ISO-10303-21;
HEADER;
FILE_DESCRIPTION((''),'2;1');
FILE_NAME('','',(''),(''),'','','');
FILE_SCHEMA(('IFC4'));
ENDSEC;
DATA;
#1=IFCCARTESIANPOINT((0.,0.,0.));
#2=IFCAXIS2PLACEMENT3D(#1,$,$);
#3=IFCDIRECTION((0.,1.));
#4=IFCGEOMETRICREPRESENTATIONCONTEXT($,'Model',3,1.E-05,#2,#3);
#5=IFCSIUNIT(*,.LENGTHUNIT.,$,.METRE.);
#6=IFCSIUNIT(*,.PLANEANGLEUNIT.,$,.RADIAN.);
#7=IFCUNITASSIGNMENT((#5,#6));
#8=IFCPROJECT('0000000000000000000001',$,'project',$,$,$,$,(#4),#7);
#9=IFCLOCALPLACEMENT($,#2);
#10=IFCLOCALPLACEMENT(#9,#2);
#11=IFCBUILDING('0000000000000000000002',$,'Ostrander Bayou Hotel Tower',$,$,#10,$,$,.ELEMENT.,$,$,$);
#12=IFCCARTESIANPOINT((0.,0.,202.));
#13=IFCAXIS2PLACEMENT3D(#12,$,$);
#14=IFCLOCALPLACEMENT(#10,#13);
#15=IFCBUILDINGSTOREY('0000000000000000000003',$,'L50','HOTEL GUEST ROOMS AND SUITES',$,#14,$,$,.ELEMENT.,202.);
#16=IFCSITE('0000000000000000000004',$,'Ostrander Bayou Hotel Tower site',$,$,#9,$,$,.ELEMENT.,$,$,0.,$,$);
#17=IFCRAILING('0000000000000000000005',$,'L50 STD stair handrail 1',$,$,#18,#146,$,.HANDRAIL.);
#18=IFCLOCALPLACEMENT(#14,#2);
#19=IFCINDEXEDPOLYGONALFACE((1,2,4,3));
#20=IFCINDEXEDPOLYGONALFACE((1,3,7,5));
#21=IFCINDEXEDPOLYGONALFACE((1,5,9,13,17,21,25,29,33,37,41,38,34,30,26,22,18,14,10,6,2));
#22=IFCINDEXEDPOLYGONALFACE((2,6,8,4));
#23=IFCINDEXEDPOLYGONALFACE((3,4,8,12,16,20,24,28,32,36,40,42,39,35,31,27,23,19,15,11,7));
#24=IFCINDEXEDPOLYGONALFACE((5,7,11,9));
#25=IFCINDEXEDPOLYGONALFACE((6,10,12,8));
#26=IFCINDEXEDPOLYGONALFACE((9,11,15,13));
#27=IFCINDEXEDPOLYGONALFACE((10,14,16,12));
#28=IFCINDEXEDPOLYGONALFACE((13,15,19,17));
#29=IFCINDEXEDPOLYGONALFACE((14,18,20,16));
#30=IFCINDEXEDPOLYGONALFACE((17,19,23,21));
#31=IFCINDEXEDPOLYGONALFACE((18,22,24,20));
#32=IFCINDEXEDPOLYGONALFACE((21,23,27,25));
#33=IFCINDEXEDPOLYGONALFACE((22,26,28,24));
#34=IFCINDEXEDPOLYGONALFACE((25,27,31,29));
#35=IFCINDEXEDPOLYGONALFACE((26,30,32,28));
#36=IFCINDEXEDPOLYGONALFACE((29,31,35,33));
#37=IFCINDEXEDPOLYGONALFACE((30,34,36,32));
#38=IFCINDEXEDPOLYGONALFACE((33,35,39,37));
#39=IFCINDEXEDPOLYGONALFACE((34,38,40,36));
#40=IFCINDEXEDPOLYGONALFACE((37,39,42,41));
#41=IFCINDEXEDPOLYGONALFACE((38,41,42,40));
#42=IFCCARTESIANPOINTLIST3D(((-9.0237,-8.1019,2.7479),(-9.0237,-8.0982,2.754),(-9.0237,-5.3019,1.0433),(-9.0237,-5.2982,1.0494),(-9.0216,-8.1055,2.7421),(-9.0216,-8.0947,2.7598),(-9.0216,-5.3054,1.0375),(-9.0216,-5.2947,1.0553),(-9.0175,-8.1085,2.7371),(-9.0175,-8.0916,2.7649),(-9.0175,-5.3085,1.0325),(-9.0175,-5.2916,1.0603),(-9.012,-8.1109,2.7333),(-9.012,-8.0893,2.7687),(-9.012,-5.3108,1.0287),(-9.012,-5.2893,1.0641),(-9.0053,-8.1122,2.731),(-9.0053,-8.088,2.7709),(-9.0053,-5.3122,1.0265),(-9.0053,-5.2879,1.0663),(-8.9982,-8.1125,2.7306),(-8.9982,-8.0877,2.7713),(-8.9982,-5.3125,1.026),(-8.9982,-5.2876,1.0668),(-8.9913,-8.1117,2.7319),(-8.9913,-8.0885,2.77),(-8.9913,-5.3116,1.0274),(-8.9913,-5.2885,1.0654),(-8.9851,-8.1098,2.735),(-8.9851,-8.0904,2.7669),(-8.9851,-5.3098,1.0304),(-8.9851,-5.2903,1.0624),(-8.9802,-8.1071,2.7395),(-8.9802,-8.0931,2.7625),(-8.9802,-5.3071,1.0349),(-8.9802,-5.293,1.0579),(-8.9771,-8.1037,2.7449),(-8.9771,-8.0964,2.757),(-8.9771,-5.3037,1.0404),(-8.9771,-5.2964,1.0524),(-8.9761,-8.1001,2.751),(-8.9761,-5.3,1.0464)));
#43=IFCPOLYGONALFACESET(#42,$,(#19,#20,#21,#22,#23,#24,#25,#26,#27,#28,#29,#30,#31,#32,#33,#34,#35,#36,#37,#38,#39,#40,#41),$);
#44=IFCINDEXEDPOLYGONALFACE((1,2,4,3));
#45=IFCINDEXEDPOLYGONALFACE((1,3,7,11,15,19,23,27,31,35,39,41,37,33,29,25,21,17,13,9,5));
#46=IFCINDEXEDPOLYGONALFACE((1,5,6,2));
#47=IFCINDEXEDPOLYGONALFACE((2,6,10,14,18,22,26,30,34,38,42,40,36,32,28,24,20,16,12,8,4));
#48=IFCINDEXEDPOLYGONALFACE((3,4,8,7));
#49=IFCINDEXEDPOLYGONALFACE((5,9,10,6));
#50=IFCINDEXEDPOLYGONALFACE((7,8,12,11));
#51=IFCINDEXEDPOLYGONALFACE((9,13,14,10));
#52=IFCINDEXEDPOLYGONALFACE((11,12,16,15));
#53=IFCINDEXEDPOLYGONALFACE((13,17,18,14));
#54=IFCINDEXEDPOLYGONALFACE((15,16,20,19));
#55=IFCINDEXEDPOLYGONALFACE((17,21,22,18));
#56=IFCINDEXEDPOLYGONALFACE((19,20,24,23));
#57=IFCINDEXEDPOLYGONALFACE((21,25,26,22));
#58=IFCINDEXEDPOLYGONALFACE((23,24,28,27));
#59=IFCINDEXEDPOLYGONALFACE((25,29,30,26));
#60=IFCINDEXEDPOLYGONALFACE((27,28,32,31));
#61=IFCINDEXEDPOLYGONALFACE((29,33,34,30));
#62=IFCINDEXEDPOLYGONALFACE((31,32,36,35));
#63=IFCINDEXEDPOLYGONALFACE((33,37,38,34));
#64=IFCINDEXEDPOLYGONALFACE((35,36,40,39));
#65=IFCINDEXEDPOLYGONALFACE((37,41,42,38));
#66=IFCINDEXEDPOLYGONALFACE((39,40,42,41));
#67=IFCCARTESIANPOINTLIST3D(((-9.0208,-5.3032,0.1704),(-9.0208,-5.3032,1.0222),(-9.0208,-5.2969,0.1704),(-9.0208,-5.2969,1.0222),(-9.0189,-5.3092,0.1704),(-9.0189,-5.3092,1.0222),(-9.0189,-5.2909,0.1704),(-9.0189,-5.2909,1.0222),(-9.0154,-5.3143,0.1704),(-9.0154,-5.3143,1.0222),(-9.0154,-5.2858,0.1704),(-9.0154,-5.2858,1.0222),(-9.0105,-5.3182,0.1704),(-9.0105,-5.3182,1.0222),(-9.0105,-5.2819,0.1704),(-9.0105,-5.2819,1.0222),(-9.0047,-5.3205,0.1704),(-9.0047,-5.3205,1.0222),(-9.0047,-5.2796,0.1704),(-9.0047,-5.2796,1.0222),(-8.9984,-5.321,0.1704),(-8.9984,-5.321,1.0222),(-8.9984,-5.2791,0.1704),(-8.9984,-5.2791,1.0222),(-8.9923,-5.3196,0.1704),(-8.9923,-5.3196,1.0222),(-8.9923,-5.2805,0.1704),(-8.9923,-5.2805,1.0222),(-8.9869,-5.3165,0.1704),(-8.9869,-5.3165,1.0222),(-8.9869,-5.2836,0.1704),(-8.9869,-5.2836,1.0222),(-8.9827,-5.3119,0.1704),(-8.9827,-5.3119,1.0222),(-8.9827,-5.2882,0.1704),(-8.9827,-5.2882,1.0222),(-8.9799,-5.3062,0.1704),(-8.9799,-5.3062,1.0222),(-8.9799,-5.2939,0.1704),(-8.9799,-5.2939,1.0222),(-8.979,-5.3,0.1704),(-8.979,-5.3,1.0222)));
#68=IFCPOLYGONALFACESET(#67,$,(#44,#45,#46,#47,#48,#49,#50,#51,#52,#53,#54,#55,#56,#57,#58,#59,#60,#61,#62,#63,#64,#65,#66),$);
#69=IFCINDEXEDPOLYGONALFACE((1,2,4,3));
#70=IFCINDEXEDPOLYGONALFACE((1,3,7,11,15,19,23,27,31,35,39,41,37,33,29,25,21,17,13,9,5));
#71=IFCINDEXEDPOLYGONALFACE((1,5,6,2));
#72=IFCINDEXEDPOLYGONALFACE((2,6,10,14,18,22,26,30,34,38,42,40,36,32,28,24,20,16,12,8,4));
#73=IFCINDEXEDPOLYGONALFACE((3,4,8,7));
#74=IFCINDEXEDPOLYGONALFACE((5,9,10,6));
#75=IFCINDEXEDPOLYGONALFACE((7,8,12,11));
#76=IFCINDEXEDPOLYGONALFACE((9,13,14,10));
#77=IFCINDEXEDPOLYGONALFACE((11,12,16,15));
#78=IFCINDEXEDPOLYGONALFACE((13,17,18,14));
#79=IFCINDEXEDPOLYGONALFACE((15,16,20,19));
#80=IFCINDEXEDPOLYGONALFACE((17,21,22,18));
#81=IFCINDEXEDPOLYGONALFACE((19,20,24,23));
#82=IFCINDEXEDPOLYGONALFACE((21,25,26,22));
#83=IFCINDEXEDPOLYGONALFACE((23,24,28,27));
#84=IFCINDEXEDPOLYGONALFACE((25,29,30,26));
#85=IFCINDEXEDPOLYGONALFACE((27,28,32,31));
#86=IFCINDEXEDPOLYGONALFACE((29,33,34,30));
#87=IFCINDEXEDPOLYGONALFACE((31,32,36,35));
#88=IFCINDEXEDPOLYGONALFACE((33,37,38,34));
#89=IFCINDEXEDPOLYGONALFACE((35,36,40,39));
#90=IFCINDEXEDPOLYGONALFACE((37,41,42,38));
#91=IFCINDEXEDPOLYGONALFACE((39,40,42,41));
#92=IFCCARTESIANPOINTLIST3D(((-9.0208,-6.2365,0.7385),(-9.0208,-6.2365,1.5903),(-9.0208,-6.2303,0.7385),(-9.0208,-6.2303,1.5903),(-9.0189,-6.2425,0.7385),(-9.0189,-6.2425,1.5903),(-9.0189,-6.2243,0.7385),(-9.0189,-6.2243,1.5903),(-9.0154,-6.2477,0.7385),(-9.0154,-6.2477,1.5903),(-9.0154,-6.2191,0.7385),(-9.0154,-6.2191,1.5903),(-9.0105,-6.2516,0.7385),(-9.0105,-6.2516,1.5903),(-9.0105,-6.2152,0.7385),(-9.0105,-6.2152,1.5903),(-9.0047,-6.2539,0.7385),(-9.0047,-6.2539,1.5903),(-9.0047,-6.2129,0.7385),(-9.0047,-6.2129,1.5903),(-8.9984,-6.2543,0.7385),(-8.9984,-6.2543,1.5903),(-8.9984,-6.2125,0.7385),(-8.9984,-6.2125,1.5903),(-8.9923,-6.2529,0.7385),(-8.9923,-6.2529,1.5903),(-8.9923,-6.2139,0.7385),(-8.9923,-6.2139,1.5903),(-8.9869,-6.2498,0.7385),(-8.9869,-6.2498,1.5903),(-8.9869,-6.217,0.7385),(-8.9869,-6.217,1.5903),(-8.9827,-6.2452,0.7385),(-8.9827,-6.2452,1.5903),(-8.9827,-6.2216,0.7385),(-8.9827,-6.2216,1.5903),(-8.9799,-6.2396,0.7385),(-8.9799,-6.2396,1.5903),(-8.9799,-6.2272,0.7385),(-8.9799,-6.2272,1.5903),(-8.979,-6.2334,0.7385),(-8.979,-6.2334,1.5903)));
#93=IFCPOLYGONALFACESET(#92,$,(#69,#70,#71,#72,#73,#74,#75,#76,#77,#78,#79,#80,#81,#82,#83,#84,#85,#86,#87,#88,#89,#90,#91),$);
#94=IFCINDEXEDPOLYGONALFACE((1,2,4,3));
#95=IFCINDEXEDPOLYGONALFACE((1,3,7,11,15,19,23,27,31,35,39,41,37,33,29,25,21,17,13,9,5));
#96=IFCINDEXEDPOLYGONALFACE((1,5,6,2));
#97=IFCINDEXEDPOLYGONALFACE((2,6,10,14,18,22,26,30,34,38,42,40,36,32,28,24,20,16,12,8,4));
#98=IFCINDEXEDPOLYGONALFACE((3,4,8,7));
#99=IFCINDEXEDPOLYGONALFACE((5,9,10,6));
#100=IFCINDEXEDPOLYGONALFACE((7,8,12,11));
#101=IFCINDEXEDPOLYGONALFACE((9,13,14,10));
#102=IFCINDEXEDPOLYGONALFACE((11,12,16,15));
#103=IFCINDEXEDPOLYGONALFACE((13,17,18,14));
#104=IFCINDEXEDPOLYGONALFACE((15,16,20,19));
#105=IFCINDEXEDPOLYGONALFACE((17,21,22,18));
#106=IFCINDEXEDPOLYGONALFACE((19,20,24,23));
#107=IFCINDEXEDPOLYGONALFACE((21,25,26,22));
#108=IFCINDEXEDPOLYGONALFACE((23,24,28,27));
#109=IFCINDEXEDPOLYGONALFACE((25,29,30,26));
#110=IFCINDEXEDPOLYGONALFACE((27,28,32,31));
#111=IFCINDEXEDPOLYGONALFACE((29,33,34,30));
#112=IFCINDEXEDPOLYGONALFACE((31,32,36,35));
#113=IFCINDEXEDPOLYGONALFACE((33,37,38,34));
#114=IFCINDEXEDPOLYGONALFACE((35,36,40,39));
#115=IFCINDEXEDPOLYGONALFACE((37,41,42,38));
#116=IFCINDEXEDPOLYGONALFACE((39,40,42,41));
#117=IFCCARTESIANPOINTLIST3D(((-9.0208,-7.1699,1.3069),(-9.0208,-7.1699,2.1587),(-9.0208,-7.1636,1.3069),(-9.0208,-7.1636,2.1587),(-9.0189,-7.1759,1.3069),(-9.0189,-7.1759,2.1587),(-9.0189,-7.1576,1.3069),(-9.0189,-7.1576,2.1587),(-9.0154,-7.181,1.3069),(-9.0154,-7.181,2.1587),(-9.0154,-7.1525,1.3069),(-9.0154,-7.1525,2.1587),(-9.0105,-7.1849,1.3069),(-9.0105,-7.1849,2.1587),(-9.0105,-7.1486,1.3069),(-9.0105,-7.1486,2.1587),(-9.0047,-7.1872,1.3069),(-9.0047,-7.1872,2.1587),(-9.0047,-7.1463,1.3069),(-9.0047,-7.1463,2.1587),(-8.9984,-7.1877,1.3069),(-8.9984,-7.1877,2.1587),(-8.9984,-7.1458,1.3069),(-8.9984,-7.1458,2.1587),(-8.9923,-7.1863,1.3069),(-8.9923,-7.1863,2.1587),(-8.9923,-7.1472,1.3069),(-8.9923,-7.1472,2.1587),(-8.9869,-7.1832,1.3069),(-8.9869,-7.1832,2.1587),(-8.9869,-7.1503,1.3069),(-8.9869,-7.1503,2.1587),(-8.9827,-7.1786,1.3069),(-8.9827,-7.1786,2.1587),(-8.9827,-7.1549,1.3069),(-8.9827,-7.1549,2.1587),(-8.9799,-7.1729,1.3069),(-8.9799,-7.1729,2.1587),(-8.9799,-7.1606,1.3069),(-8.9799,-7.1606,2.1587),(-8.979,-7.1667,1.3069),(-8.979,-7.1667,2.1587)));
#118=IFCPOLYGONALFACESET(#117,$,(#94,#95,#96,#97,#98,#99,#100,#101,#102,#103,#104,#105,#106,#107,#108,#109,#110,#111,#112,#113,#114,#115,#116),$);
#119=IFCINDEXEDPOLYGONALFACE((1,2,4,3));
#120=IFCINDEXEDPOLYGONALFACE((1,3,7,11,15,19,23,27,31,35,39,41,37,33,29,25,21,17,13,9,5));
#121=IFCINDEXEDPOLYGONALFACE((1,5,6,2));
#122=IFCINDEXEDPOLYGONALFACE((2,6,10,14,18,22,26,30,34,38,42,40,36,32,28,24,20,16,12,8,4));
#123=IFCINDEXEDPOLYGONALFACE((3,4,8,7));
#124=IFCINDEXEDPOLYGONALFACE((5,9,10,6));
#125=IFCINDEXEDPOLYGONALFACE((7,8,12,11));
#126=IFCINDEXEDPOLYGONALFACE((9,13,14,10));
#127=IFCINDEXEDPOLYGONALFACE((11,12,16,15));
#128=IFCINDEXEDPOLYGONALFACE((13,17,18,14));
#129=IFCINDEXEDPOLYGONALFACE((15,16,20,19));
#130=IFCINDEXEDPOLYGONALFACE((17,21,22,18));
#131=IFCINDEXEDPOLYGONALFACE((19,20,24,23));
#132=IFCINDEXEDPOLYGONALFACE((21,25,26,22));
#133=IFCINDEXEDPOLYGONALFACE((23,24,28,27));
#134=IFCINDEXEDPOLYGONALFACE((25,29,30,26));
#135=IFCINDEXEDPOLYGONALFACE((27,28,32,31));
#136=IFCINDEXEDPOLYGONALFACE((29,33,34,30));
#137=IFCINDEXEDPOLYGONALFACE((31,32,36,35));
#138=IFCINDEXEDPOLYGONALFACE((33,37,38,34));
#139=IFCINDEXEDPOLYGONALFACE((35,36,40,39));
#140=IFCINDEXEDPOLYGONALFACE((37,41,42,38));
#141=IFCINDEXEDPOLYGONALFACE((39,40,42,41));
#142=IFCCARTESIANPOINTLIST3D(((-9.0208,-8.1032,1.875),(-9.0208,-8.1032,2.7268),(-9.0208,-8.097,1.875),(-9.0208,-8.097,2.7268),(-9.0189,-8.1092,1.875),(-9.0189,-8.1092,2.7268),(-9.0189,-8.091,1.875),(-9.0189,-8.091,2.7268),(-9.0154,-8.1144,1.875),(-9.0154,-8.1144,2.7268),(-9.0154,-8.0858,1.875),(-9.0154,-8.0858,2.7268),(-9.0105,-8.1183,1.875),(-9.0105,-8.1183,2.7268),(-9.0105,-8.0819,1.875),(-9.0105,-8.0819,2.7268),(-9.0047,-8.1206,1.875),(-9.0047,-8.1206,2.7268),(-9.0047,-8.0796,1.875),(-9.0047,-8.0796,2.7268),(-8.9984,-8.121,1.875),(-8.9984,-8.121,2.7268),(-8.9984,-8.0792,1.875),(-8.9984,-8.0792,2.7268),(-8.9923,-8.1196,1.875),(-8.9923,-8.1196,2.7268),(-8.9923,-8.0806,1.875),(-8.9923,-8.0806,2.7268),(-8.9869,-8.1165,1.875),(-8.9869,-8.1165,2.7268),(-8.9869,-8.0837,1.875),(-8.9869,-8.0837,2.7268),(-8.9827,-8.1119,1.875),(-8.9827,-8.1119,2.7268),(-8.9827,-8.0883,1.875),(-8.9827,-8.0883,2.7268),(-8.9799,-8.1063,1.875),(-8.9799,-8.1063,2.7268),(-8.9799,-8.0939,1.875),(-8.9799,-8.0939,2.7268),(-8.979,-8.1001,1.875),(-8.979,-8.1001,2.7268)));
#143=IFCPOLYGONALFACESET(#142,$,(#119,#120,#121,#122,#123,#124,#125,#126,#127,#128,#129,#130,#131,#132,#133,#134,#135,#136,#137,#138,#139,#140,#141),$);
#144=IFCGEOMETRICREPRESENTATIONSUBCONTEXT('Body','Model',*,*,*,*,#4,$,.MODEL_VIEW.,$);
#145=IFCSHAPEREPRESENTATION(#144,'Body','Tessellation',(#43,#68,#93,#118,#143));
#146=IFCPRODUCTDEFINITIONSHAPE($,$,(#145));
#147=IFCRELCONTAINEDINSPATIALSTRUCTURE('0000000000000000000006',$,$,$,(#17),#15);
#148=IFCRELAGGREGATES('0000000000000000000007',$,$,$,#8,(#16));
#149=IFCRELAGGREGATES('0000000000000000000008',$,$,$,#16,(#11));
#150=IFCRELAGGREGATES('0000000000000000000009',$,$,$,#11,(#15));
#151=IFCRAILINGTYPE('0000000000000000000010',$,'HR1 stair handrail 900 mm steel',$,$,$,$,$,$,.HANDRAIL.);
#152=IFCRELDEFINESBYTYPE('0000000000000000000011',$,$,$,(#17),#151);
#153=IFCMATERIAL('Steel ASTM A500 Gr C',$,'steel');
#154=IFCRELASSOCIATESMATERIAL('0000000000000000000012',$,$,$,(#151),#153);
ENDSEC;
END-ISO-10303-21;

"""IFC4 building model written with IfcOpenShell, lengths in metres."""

from ifc_helpers import new_model, si_unit, direction, frame, origin, origin_2d, place, context, subcontext, project, spatial, circle, extrude, material, type_object, element, save


model = new_model("IFC4")

# Units and contexts
model_context = context("Model", 3, precision=1e-05, world=origin(), true_north=direction((0.0, 1.0)))
body_context = subcontext(model_context, "Body", "Model", "MODEL_VIEW")
ifc_project = project(units=[si_unit("LENGTHUNIT", "METRE"), si_unit("PLANEANGLEUNIT", "RADIAN")], contexts=[model_context])

# Site, building, storey
site_placement = place(None, origin())
site = spatial("IfcSite", under=ifc_project, at=site_placement, Name="Ostrander Bayou Hotel Tower site", CompositionType="ELEMENT", RefElevation=0.0)
building_placement = place(site_placement, origin())
building = spatial("IfcBuilding", under=site, at=building_placement, Name="Ostrander Bayou Hotel Tower", CompositionType="ELEMENT")
storey_placement = place(building_placement, frame((0.0, 0.0, 202.0)))
storey = spatial("IfcBuildingStorey", under=building, at=storey_placement, Name="L50", Description="HOTEL GUEST ROOMS AND SUITES", CompositionType="ELEMENT", Elevation=202.0)

# Railing
ifc_material_1 = material(Name="Steel ASTM A500 Gr C", Category="steel")
railing_type_1 = type_object("IfcRailingType", Name="HR1 stair handrail 900 mm steel", PredefinedType="HANDRAIL", material=ifc_material_1)
railing_1_placement = place(storey_placement, frame((-9.0, -5.3, 0.1704)))
element("IfcRailing", 1, at=railing_1_placement, inside=storey, type_object=railing_type_1, Name="L50 STD stair handrail 1", PredefinedType="HANDRAIL", context=body_context, shape_type="SweptSolid", body=[
    extrude(circle(Radius=0.0239, at=origin_2d()), frame((0.0, 0.0, 0.876), z_axis=(0.0, -0.85417, 0.519994), x_axis=(1.0, 0.0, 0.0)), (0.0, 0.0, 1.0), 3.2781),
    extrude(circle(Radius=0.021, at=origin_2d()), origin(), (0.0, 0.0, 1.0), 0.8518),
    extrude(circle(Radius=0.021, at=origin_2d()), frame((0.0, -0.9333, 0.5681)), (0.0, 0.0, 1.0), 0.8518),
    extrude(circle(Radius=0.021, at=origin_2d()), frame((0.0, -1.8667, 1.1365)), (0.0, 0.0, 1.0), 0.8518),
    extrude(circle(Radius=0.021, at=origin_2d()), frame((0.0, -2.8, 1.7046)), (0.0, 0.0, 1.0), 0.8518),
])

save(model, "model.ifc")
